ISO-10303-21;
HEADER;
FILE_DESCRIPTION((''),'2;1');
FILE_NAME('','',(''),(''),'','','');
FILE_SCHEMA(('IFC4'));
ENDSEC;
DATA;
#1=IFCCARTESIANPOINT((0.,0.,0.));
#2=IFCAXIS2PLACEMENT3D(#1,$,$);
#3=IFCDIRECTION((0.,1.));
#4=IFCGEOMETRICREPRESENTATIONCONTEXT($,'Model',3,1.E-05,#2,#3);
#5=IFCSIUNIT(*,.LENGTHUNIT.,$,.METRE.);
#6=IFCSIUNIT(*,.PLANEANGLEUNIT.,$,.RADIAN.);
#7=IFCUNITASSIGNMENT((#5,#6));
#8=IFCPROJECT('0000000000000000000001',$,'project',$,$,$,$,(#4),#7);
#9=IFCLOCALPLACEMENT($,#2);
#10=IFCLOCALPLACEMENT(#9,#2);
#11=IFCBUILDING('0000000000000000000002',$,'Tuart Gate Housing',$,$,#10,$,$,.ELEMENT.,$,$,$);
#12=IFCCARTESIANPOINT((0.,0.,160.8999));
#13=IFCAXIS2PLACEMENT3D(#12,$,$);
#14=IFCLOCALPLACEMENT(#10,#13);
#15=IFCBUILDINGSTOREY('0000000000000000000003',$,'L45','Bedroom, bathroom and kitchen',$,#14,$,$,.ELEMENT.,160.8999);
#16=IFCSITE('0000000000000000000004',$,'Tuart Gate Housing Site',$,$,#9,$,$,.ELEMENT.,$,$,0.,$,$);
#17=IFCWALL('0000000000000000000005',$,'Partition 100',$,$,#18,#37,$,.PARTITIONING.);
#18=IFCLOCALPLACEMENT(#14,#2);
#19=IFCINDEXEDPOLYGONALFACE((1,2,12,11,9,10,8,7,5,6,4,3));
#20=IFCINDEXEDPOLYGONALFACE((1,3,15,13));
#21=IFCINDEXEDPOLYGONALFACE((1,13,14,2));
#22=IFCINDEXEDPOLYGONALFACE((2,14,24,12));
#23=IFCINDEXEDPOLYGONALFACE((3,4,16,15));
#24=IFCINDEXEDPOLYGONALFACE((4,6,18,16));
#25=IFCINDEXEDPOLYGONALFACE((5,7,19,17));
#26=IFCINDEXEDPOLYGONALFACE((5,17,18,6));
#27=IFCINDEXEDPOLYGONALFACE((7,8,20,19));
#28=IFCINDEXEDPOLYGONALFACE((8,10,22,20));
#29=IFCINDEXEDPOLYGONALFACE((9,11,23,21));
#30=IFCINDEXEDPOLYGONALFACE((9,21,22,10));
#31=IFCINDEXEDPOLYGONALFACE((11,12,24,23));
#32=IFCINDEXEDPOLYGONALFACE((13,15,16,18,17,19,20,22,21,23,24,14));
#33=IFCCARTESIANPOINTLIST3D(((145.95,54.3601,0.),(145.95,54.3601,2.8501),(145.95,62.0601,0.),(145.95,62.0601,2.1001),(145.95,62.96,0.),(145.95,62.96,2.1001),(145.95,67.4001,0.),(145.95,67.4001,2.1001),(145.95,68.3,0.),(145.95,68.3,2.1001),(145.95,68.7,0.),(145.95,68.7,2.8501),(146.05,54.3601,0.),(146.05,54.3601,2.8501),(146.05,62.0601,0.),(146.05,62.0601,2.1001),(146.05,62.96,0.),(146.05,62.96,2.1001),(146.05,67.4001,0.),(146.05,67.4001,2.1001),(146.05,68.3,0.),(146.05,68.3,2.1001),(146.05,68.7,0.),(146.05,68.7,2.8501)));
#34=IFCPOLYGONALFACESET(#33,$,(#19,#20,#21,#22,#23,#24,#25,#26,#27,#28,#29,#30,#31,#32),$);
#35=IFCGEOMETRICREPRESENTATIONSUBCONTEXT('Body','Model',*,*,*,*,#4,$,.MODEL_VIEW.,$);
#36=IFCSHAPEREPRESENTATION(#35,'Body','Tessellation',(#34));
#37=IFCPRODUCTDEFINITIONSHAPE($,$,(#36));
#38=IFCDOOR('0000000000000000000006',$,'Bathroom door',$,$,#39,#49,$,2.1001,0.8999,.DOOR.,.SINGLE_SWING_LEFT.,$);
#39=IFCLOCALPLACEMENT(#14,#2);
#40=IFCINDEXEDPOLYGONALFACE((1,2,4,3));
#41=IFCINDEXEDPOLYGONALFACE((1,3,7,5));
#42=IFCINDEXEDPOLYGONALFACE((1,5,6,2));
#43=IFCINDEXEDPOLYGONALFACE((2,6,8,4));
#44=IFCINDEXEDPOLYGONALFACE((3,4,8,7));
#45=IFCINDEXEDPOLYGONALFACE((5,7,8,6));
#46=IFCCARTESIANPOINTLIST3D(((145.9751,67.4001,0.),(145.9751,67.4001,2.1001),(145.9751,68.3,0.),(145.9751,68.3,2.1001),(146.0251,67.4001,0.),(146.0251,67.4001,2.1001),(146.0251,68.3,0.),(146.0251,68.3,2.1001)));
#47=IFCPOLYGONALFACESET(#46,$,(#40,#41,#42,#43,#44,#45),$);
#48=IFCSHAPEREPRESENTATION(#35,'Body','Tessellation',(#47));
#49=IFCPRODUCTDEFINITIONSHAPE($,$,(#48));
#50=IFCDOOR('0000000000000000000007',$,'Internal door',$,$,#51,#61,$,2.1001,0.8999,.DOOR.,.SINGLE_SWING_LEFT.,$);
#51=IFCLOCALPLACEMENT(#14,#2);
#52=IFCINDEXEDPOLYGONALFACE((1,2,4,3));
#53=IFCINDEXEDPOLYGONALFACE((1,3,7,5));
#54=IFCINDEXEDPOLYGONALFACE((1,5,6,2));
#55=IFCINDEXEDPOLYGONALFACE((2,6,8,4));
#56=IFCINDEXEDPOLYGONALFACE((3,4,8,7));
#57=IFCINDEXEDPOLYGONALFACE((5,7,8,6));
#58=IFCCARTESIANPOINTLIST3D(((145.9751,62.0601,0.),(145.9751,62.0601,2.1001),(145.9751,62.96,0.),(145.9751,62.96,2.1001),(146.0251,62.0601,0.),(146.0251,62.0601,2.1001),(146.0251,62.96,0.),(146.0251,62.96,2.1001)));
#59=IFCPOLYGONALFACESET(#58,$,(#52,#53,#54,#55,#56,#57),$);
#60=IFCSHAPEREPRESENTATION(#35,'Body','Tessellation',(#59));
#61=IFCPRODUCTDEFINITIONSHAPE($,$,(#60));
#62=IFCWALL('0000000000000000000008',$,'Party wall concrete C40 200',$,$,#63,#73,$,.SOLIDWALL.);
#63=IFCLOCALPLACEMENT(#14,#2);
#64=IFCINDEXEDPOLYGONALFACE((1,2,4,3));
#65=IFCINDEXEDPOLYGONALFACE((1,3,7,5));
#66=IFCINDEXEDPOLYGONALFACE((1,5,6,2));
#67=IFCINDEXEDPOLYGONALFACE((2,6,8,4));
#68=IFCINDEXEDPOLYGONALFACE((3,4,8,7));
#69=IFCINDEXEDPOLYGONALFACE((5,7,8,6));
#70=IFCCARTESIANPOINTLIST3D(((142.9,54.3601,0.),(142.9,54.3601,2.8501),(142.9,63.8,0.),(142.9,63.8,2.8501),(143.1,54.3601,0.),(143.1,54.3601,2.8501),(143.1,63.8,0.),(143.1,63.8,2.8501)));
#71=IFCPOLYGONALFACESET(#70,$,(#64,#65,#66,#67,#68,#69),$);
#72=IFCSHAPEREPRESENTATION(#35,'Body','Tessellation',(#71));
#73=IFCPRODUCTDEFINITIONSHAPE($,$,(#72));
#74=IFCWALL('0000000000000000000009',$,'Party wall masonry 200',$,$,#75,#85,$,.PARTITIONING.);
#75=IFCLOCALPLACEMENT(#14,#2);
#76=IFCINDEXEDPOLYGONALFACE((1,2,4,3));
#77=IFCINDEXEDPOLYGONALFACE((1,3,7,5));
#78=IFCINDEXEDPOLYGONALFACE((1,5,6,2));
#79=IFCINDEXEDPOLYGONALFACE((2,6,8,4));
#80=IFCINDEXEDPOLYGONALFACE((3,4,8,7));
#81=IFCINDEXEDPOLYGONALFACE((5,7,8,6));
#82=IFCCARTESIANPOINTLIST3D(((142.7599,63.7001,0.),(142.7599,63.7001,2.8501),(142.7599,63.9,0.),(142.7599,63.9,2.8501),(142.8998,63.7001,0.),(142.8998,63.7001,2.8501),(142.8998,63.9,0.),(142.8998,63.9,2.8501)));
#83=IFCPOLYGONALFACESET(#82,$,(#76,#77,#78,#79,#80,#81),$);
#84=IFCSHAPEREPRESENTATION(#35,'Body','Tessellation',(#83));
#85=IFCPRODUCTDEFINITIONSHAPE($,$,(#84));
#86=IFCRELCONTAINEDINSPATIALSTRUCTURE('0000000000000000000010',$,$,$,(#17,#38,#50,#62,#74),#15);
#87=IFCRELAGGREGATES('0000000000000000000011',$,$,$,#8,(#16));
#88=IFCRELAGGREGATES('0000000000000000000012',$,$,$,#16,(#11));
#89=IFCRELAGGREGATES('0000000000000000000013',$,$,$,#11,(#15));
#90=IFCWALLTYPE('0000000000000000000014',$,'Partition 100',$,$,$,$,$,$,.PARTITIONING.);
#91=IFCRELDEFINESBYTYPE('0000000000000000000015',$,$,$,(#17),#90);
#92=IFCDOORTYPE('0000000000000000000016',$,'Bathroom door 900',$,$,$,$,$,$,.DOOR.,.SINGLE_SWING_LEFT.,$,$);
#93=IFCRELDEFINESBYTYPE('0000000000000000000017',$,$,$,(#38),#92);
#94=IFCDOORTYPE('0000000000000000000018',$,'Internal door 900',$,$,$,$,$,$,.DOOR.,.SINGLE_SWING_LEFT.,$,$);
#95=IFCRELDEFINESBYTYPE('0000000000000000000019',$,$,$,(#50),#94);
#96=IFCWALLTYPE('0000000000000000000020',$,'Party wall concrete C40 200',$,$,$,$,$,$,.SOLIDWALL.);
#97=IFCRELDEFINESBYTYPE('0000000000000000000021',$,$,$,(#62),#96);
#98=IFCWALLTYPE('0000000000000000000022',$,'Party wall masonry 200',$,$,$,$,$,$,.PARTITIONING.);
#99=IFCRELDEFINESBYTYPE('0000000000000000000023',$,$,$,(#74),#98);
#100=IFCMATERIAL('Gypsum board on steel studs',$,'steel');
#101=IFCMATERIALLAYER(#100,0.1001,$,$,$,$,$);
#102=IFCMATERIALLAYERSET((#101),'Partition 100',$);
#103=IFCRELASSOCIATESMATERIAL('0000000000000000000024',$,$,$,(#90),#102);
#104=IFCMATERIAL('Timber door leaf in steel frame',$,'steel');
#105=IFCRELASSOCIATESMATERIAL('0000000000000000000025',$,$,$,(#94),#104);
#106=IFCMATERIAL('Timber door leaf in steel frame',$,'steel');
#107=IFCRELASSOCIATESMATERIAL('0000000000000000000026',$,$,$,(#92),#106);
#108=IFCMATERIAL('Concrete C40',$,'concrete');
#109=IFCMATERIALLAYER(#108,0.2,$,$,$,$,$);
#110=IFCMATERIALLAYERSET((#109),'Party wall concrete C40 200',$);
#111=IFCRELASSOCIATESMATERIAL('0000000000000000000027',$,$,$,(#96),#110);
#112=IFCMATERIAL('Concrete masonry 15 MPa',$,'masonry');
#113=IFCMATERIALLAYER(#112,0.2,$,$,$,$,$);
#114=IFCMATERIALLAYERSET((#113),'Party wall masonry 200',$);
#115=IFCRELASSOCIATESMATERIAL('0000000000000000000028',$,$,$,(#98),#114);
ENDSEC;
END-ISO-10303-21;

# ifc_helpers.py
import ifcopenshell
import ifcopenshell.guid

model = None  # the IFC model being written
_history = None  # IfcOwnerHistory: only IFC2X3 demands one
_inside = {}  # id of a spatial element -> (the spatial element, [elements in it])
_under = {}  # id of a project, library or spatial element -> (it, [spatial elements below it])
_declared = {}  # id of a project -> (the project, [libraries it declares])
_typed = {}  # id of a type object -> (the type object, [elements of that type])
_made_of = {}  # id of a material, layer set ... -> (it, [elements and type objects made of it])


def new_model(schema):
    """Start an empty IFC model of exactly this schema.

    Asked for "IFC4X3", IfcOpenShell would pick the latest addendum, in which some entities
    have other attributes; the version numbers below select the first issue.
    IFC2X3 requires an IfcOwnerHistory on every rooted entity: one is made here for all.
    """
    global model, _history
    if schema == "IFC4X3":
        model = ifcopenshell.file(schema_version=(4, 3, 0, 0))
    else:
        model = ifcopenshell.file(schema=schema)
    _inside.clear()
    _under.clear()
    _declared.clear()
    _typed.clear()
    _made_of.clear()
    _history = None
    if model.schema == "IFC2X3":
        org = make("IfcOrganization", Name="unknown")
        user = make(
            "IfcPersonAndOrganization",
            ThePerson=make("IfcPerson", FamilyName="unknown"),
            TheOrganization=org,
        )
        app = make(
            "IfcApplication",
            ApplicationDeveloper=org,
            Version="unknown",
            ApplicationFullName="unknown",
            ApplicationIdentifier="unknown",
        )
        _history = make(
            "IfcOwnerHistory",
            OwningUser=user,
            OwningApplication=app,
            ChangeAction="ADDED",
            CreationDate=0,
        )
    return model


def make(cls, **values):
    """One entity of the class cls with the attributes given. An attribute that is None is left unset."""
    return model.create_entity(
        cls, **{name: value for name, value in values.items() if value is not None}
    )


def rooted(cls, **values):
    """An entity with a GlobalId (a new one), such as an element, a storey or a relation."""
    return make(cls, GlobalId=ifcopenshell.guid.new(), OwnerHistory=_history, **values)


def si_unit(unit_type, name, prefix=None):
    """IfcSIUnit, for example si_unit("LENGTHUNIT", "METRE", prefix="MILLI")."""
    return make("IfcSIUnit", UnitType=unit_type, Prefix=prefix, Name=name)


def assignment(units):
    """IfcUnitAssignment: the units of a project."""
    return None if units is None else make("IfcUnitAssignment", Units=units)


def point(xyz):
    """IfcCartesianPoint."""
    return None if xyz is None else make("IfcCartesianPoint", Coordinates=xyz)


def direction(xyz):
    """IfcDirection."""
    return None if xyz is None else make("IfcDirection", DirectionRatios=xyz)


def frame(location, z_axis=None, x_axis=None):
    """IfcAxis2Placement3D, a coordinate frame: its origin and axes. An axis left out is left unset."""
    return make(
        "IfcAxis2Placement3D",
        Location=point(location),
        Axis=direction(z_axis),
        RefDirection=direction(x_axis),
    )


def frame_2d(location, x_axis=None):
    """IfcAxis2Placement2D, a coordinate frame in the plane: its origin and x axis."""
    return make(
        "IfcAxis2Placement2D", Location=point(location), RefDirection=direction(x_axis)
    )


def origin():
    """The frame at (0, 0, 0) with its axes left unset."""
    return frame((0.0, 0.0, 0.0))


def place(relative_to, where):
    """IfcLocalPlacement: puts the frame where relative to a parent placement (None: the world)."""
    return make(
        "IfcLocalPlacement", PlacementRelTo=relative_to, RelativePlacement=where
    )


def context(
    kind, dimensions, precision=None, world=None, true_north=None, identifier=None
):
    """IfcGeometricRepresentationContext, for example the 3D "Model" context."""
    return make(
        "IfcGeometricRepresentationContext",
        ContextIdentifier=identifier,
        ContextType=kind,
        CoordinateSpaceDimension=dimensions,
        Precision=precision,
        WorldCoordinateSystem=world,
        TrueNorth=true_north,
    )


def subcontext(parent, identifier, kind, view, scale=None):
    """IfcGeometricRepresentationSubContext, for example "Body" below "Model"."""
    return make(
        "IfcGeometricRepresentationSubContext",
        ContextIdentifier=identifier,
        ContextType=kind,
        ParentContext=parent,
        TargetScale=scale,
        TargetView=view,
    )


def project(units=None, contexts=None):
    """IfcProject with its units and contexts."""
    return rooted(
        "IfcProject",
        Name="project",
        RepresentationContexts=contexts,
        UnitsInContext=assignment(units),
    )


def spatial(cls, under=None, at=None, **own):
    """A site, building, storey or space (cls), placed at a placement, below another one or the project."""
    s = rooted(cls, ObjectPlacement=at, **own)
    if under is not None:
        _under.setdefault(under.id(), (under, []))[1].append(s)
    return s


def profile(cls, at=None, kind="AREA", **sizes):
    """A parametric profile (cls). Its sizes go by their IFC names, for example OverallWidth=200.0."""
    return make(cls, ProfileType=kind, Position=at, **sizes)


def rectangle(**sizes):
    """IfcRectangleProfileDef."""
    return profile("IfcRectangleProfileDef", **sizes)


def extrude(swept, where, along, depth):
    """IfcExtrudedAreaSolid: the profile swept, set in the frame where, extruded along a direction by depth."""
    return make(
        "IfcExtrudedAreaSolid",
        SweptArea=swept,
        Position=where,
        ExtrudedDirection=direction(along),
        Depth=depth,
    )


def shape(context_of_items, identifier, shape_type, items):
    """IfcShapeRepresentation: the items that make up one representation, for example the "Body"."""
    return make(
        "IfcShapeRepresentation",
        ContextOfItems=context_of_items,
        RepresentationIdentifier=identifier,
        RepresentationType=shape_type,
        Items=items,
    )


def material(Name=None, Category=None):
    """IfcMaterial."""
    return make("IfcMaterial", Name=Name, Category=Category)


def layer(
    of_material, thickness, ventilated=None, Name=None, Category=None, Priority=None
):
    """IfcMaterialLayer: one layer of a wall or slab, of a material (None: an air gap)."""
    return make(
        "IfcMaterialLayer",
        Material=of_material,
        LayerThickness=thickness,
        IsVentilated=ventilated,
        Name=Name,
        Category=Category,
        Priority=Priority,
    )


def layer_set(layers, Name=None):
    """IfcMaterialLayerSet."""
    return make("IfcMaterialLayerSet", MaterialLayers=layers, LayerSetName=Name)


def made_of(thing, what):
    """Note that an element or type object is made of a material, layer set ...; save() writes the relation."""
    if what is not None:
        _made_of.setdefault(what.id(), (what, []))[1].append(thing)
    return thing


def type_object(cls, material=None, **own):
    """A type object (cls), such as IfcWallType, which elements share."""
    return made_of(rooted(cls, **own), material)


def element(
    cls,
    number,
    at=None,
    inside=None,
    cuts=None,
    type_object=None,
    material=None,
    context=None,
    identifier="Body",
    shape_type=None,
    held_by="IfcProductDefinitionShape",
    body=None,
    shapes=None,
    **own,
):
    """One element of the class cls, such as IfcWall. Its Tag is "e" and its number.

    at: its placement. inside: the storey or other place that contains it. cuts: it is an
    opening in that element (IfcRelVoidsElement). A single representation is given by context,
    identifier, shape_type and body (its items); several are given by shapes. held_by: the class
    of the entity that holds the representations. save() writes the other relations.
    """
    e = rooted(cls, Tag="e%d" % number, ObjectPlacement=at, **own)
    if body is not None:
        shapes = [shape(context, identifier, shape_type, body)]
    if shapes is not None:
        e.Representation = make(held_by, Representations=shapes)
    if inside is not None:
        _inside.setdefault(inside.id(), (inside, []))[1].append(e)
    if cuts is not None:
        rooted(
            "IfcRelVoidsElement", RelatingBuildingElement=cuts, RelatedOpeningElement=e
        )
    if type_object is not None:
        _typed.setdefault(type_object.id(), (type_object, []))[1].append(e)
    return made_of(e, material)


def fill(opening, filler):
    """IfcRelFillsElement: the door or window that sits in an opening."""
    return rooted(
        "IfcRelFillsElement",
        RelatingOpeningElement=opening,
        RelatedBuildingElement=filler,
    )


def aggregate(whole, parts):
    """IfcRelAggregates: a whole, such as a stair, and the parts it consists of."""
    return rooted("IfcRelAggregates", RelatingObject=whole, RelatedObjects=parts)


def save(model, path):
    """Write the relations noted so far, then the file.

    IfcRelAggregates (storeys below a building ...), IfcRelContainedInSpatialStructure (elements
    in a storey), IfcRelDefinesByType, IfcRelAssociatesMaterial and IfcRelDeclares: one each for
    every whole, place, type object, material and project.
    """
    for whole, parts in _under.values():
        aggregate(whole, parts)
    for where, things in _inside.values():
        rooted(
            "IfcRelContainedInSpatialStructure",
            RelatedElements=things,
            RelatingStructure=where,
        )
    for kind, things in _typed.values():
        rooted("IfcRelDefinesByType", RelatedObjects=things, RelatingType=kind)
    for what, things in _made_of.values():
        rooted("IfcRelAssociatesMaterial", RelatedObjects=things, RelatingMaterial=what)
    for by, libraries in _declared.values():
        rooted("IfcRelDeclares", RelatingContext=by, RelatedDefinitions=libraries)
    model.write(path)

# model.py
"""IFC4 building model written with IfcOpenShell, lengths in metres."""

from ifc_helpers import new_model, si_unit, direction, frame, frame_2d, origin, place, context, subcontext, project, spatial, rectangle, extrude, material, layer, layer_set, type_object, element, fill, save


model = new_model("IFC4")

# Units and contexts
model_context = context("Model", 3, precision=1e-05, world=origin(), true_north=direction((0.0, 1.0)))
body_context = subcontext(model_context, "Body", "Model", "MODEL_VIEW")
ifc_project = project(units=[si_unit("LENGTHUNIT", "METRE"), si_unit("PLANEANGLEUNIT", "RADIAN")], contexts=[model_context])

# Site, building, storey
site_placement = place(None, origin())
site = spatial("IfcSite", under=ifc_project, at=site_placement, Name="Tuart Gate Housing Site", CompositionType="ELEMENT", RefElevation=0.0)
building_placement = place(site_placement, origin())
building = spatial("IfcBuilding", under=site, at=building_placement, Name="Tuart Gate Housing", CompositionType="ELEMENT")
storey_placement = place(building_placement, frame((0.0, 0.0, 160.8999)))
storey = spatial("IfcBuildingStorey", under=building, at=storey_placement, Name="L45", Description="Bedroom, bathroom and kitchen", CompositionType="ELEMENT", Elevation=160.8999)

# Shared definitions
ifc_material_1 = material(Name="Gypsum board on steel studs", Category="steel")
ifc_layer_1 = layer(ifc_material_1, 0.1001)
ifc_layer_set_1 = layer_set([ifc_layer_1], Name="Partition 100")
wall_type_1 = type_object("IfcWallType", Name="Partition 100", PredefinedType="PARTITIONING", material=ifc_layer_set_1)

# Shared definitions
ifc_material_2 = material(Name="Timber door leaf in steel frame", Category="steel")
door_type_1 = type_object("IfcDoorType", Name="Internal door 900", OperationType="SINGLE_SWING_LEFT", PredefinedType="DOOR", material=ifc_material_2)

# Wall, openings, doors
wall_1_placement = place(storey_placement, frame((146.0, 54.3601, 0.0), z_axis=(0.0, 0.0, 1.0), x_axis=(0.0, 1.0, 0.0)))
wall_1 = element("IfcWall", 1, at=wall_1_placement, inside=storey, type_object=wall_type_1, Name="Partition 100", PredefinedType="PARTITIONING", context=body_context, shape_type="SweptSolid", body=[
    extrude(rectangle(XDim=14.3398, YDim=0.1001, at=frame_2d((7.1699, 0.0))), origin(), (0.0, 0.0, 1.0), 2.8501),
])
opening_1_placement = place(wall_1_placement, frame((7.7, 0.0, 0.0)))
opening_1 = element("IfcOpeningElement", 2, at=opening_1_placement, cuts=wall_1, PredefinedType="OPENING", context=body_context, shape_type="SweptSolid", body=[
    extrude(rectangle(XDim=0.8999, YDim=2.1001, at=frame_2d((0.45, 1.05))), frame((0.0, 0.0601, 0.0), z_axis=(0.0, -1.0, 0.0), x_axis=(1.0, 0.0, 0.0)), (0.0, 0.0, 1.0), 0.1201),
])
opening_2_placement = place(wall_1_placement, frame((13.04, 0.0, 0.0)))
opening_2 = element("IfcOpeningElement", 3, at=opening_2_placement, cuts=wall_1, PredefinedType="OPENING", context=body_context, shape_type="SweptSolid", body=[
    extrude(rectangle(XDim=0.8999, YDim=2.1001, at=frame_2d((0.45, 1.05))), frame((0.0, 0.0601, 0.0), z_axis=(0.0, -1.0, 0.0), x_axis=(1.0, 0.0, 0.0)), (0.0, 0.0, 1.0), 0.1201),
])
ifc_material_3 = material(Name="Timber door leaf in steel frame", Category="steel")
door_type_2 = type_object("IfcDoorType", Name="Bathroom door 900", OperationType="SINGLE_SWING_LEFT", PredefinedType="DOOR", material=ifc_material_3)
door_1_placement = place(opening_2_placement, frame((0.8999, 0.0, 0.0), z_axis=(0.0, 0.0, 1.0), x_axis=(-1.0, 0.0, 0.0)))
door_1 = element("IfcDoor", 4, at=door_1_placement, inside=storey, type_object=door_type_2, Name="Bathroom door", OperationType="SINGLE_SWING_LEFT", OverallHeight=2.1001, OverallWidth=0.8999, PredefinedType="DOOR", context=body_context, shape_type="SweptSolid", body=[
    extrude(rectangle(XDim=0.8999, YDim=2.1001, at=frame_2d((0.45, 1.05))), frame((0.0, 0.0251, 0.0), z_axis=(0.0, -1.0, 0.0), x_axis=(1.0, 0.0, 0.0)), (0.0, 0.0, 1.0), 0.05),
])
fill(opening_2, door_1)
door_2_placement = place(opening_1_placement, frame((0.8999, 0.0, 0.0), z_axis=(0.0, 0.0, 1.0), x_axis=(-1.0, 0.0, 0.0)))
door_2 = element("IfcDoor", 5, at=door_2_placement, inside=storey, type_object=door_type_1, Name="Internal door", OperationType="SINGLE_SWING_LEFT", OverallHeight=2.1001, OverallWidth=0.8999, PredefinedType="DOOR", context=body_context, shape_type="SweptSolid", body=[
    extrude(rectangle(XDim=0.8999, YDim=2.1001, at=frame_2d((0.45, 1.05))), frame((0.0, 0.0251, 0.0), z_axis=(0.0, -1.0, 0.0), x_axis=(1.0, 0.0, 0.0)), (0.0, 0.0, 1.0), 0.05),
])
fill(opening_1, door_2)

# Walls
ifc_material_4 = material(Name="Concrete C40", Category="concrete")
ifc_layer_2 = layer(ifc_material_4, 0.2)
ifc_layer_set_2 = layer_set([ifc_layer_2], Name="Party wall concrete C40 200")
wall_type_2 = type_object("IfcWallType", Name="Party wall concrete C40 200", PredefinedType="SOLIDWALL", material=ifc_layer_set_2)
wall_2_placement = place(storey_placement, frame((143.0, 54.3601, 0.0), z_axis=(0.0, 0.0, 1.0), x_axis=(0.0, 1.0, 0.0)))
element("IfcWall", 6, at=wall_2_placement, inside=storey, type_object=wall_type_2, Name="Party wall concrete C40 200", PredefinedType="SOLIDWALL", context=body_context, shape_type="SweptSolid", body=[
    extrude(rectangle(XDim=9.4399, YDim=0.2, at=frame_2d((4.72, 0.0))), origin(), (0.0, 0.0, 1.0), 2.8501),
])
ifc_material_5 = material(Name="Concrete masonry 15 MPa", Category="masonry")
ifc_layer_3 = layer(ifc_material_5, 0.2)
ifc_layer_set_3 = layer_set([ifc_layer_3], Name="Party wall masonry 200")
wall_type_3 = type_object("IfcWallType", Name="Party wall masonry 200", PredefinedType="PARTITIONING", material=ifc_layer_set_3)
wall_3_placement = place(storey_placement, frame((142.76, 63.8, 0.0), z_axis=(0.0, 0.0, 1.0), x_axis=(1.0, 0.0, 0.0)))
element("IfcWall", 7, at=wall_3_placement, inside=storey, type_object=wall_type_3, Name="Party wall masonry 200", PredefinedType="PARTITIONING", context=body_context, shape_type="SweptSolid", body=[
    extrude(rectangle(XDim=0.1399, YDim=0.2, at=frame_2d((0.0698, 0.0))), origin(), (0.0, 0.0, 1.0), 2.8501),
])

save(model, "model.ifc")
